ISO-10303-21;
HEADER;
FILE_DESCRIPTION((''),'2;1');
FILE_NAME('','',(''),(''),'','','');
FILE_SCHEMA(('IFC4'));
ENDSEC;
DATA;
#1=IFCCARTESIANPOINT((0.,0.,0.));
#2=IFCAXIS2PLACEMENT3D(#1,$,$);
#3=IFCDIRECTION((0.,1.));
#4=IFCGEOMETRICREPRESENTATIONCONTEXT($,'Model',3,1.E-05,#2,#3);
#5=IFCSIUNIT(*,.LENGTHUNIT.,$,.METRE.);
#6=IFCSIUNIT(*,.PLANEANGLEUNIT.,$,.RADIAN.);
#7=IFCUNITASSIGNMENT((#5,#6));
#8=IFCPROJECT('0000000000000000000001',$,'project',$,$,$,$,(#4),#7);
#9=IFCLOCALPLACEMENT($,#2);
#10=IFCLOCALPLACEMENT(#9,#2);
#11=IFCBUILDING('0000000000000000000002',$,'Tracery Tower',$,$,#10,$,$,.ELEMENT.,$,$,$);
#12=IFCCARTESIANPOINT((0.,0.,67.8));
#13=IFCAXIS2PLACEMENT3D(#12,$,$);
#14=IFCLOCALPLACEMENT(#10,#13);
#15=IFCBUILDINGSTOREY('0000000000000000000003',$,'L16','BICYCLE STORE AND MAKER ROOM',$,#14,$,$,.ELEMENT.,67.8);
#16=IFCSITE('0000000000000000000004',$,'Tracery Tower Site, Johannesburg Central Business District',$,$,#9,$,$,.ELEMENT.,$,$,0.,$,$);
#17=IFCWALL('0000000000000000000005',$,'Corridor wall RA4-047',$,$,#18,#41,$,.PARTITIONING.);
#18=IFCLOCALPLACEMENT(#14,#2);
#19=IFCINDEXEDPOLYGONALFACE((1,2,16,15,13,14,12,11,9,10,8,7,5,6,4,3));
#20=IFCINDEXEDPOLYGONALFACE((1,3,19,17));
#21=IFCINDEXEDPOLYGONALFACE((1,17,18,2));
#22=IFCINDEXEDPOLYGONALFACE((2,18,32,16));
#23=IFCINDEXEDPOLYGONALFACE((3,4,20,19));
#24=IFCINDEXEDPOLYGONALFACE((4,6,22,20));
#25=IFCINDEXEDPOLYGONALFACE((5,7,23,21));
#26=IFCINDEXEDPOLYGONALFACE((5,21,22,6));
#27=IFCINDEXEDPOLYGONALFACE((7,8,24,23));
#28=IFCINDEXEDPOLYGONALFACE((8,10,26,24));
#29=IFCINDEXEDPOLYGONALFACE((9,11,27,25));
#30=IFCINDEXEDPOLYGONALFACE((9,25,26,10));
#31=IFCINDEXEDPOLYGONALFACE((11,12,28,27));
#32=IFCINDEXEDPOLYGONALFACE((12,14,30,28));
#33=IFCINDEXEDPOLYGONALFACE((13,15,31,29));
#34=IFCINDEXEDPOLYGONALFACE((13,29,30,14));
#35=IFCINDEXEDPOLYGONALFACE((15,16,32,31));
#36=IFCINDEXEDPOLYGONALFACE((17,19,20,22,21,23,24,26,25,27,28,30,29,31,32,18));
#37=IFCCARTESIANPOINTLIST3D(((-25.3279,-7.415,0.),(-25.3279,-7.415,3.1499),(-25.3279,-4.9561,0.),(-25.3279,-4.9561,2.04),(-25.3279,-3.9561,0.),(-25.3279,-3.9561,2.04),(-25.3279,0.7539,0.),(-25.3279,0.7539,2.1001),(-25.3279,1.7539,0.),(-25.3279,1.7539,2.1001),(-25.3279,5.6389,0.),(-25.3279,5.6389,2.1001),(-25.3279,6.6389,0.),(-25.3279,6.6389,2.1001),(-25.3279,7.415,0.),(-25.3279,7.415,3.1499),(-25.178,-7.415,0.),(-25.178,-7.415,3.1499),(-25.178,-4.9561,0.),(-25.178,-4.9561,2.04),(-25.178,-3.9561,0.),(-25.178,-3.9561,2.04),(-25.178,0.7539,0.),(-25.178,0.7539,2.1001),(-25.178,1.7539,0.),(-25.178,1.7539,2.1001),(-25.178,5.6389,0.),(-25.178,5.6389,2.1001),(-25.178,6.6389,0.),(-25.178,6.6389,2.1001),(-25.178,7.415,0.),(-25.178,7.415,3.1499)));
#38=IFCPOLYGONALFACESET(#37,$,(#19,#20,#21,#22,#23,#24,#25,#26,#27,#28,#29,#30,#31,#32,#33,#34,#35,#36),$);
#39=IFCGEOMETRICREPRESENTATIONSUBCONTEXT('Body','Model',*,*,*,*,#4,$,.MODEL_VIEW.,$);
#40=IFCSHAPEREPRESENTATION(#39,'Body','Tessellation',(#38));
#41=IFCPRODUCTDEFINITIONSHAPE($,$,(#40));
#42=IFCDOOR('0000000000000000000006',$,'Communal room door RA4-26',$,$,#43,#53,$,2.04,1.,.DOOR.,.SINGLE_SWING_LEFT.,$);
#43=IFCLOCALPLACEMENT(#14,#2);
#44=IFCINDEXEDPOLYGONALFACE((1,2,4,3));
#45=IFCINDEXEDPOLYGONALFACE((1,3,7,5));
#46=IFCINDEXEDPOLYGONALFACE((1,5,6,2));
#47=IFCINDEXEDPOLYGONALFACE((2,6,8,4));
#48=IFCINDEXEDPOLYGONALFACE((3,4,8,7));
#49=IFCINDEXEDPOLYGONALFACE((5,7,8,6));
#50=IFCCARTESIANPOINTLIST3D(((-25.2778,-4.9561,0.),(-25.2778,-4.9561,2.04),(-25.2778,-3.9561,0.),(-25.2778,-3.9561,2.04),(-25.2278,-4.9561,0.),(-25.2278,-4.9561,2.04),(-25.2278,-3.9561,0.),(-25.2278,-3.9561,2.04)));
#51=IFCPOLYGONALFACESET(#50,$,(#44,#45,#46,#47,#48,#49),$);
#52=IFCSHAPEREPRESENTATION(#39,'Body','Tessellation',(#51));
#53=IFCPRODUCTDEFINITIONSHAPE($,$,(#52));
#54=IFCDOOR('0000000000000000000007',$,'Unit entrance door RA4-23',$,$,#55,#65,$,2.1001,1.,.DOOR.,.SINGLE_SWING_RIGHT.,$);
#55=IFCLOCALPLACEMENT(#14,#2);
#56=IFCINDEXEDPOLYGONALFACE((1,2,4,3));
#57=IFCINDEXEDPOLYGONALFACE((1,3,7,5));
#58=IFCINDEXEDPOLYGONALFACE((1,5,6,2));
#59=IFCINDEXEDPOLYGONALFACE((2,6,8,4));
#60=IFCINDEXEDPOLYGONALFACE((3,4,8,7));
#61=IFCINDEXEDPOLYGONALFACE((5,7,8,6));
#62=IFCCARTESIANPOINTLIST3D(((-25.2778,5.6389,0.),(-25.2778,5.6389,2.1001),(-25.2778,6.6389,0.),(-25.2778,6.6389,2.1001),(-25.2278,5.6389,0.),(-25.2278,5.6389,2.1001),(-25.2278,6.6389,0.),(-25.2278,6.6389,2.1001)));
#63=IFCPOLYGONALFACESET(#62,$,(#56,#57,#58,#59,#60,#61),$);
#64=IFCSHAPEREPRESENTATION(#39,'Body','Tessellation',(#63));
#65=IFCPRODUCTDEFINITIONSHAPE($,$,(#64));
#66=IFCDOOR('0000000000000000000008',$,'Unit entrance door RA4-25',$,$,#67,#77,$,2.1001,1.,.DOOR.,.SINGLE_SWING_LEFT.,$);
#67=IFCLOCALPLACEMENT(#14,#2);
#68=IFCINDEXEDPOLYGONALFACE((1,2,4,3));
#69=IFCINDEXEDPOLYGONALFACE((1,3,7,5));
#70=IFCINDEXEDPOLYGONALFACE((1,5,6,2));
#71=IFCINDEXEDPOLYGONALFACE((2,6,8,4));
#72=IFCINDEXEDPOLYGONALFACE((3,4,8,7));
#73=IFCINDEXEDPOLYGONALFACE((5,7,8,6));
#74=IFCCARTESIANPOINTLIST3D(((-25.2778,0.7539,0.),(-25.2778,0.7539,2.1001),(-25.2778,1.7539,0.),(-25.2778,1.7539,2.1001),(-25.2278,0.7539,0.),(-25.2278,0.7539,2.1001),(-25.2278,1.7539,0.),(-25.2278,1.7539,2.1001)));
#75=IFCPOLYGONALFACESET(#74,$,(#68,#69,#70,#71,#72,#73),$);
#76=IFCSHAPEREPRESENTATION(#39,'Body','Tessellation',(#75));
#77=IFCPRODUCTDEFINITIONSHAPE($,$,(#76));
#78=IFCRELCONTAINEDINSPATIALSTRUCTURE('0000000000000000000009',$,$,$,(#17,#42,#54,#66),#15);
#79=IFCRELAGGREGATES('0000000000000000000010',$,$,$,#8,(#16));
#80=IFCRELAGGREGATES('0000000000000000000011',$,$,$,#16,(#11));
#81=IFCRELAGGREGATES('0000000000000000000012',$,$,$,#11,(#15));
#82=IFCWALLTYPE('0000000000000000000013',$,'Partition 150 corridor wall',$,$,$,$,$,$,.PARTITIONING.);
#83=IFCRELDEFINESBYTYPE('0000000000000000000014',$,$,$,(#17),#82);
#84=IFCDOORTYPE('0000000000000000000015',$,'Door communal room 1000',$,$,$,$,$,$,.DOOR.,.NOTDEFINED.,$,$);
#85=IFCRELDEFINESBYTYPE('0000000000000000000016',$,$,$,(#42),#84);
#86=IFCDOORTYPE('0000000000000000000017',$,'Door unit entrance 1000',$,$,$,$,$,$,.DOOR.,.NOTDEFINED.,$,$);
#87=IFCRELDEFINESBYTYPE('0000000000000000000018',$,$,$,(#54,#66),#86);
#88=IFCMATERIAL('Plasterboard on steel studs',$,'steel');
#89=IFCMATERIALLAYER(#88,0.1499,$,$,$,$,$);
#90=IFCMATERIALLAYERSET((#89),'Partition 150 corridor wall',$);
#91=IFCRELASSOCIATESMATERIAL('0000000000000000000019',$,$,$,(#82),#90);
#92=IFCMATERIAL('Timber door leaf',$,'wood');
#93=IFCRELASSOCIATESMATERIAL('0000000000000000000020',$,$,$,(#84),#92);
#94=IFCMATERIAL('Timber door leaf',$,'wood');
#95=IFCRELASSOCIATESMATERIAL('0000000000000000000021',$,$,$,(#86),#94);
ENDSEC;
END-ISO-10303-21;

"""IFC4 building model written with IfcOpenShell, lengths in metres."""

from ifc_helpers import new_model, si_unit, direction, frame, frame_2d, origin, place, context, subcontext, project, spatial, rectangle, extrude, material, layer, layer_set, type_object, element, fill, save


model = new_model("IFC4")

# Units and contexts
model_context = context("Model", 3, precision=1e-05, world=origin(), true_north=direction((0.0, 1.0)))
body_context = subcontext(model_context, "Body", "Model", "MODEL_VIEW")
ifc_project = project(units=[si_unit("LENGTHUNIT", "METRE"), si_unit("PLANEANGLEUNIT", "RADIAN")], contexts=[model_context])

# Site, building, storey
site_placement = place(None, origin())
site = spatial("IfcSite", under=ifc_project, at=site_placement, Name="Tracery Tower Site, Johannesburg Central Business District", CompositionType="ELEMENT", RefElevation=0.0)
building_placement = place(site_placement, origin())
building = spatial("IfcBuilding", under=site, at=building_placement, Name="Tracery Tower", CompositionType="ELEMENT")
storey_placement = place(building_placement, frame((0.0, 0.0, 67.8)))
storey = spatial("IfcBuildingStorey", under=building, at=storey_placement, Name="L16", Description="BICYCLE STORE AND MAKER ROOM", CompositionType="ELEMENT", Elevation=67.8)

# Wall, openings, doors
ifc_material_1 = material(Name="Plasterboard on steel studs", Category="steel")
ifc_layer_1 = layer(ifc_material_1, 0.1499)
ifc_layer_set_1 = layer_set([ifc_layer_1], Name="Partition 150 corridor wall")
wall_type_1 = type_object("IfcWallType", Name="Partition 150 corridor wall", PredefinedType="PARTITIONING", material=ifc_layer_set_1)
wall_1_placement = place(storey_placement, frame((-25.2529, -7.415, 0.0), z_axis=(0.0, 0.0, 1.0), x_axis=(0.0, 1.0, 0.0)))
wall_1 = element("IfcWall", 1, at=wall_1_placement, inside=storey, type_object=wall_type_1, Name="Corridor wall RA4-047", PredefinedType="PARTITIONING", context=body_context, shape_type="SweptSolid", body=[
    extrude(rectangle(XDim=14.8301, YDim=0.1499, at=frame_2d((7.415, 0.0))), origin(), (0.0, 0.0, 1.0), 3.1499),
])
opening_1_placement = place(wall_1_placement, frame((13.054, 0.0, 0.0)))
opening_1 = element("IfcOpeningElement", 2, at=opening_1_placement, cuts=wall_1, PredefinedType="OPENING", context=body_context, shape_type="SweptSolid", body=[
    extrude(rectangle(XDim=1.0, YDim=2.1001, at=frame_2d((0.5, 1.05))), frame((0.0, 0.075, 0.0), z_axis=(0.0, -1.0, 0.0), x_axis=(1.0, 0.0, 0.0)), (0.0, 0.0, 1.0), 0.1499),
])
opening_2_placement = place(wall_1_placement, frame((8.1689, 0.0, 0.0)))
opening_2 = element("IfcOpeningElement", 3, at=opening_2_placement, cuts=wall_1, PredefinedType="OPENING", context=body_context, shape_type="SweptSolid", body=[
    extrude(rectangle(XDim=1.0, YDim=2.1001, at=frame_2d((0.5, 1.05))), frame((0.0, 0.075, 0.0), z_axis=(0.0, -1.0, 0.0), x_axis=(1.0, 0.0, 0.0)), (0.0, 0.0, 1.0), 0.1499),
])
opening_3_placement = place(wall_1_placement, frame((2.459, 0.0, 0.0)))
opening_3 = element("IfcOpeningElement", 4, at=opening_3_placement, cuts=wall_1, PredefinedType="OPENING", context=body_context, shape_type="SweptSolid", body=[
    extrude(rectangle(XDim=1.0, YDim=2.04, at=frame_2d((0.5, 1.02))), frame((0.0, 0.075, 0.0), z_axis=(0.0, -1.0, 0.0), x_axis=(1.0, 0.0, 0.0)), (0.0, 0.0, 1.0), 0.1499),
])
ifc_material_2 = material(Name="Timber door leaf", Category="wood")
door_type_1 = type_object("IfcDoorType", Name="Door communal room 1000", OperationType="NOTDEFINED", PredefinedType="DOOR", material=ifc_material_2)
door_1_placement = place(opening_3_placement, origin())
door_1 = element("IfcDoor", 5, at=door_1_placement, inside=storey, type_object=door_type_1, Name="Communal room door RA4-26", OperationType="SINGLE_SWING_LEFT", OverallHeight=2.04, OverallWidth=1.0, PredefinedType="DOOR", context=body_context, shape_type="SweptSolid", body=[
    extrude(rectangle(XDim=1.0, YDim=2.04, at=frame_2d((0.5, 1.02))), frame((0.0, 0.0249, 0.0), z_axis=(0.0, -1.0, 0.0), x_axis=(1.0, 0.0, 0.0)), (0.0, 0.0, 1.0), 0.05),
])
fill(opening_3, door_1)
ifc_material_3 = material(Name="Timber door leaf", Category="wood")
door_type_2 = type_object("IfcDoorType", Name="Door unit entrance 1000", OperationType="NOTDEFINED", PredefinedType="DOOR", material=ifc_material_3)
door_2_placement = place(opening_1_placement, origin())
door_2 = element("IfcDoor", 6, at=door_2_placement, inside=storey, type_object=door_type_2, Name="Unit entrance door RA4-23", OperationType="SINGLE_SWING_RIGHT", OverallHeight=2.1001, OverallWidth=1.0, PredefinedType="DOOR", context=body_context, shape_type="SweptSolid", body=[
    extrude(rectangle(XDim=1.0, YDim=2.1001, at=frame_2d((0.5, 1.05))), frame((0.0, 0.0249, 0.0), z_axis=(0.0, -1.0, 0.0), x_axis=(1.0, 0.0, 0.0)), (0.0, 0.0, 1.0), 0.05),
])
fill(opening_1, door_2)
door_3_placement = place(opening_2_placement, origin())
door_3 = element("IfcDoor", 7, at=door_3_placement, inside=storey, type_object=door_type_2, Name="Unit entrance door RA4-25", OperationType="SINGLE_SWING_LEFT", OverallHeight=2.1001, OverallWidth=1.0, PredefinedType="DOOR", context=body_context, shape_type="SweptSolid", body=[
    extrude(rectangle(XDim=1.0, YDim=2.1001, at=frame_2d((0.5, 1.05))), frame((0.0, 0.0249, 0.0), z_axis=(0.0, -1.0, 0.0), x_axis=(1.0, 0.0, 0.0)), (0.0, 0.0, 1.0), 0.05),
])
fill(opening_2, door_3)

save(model, "model.ifc")
